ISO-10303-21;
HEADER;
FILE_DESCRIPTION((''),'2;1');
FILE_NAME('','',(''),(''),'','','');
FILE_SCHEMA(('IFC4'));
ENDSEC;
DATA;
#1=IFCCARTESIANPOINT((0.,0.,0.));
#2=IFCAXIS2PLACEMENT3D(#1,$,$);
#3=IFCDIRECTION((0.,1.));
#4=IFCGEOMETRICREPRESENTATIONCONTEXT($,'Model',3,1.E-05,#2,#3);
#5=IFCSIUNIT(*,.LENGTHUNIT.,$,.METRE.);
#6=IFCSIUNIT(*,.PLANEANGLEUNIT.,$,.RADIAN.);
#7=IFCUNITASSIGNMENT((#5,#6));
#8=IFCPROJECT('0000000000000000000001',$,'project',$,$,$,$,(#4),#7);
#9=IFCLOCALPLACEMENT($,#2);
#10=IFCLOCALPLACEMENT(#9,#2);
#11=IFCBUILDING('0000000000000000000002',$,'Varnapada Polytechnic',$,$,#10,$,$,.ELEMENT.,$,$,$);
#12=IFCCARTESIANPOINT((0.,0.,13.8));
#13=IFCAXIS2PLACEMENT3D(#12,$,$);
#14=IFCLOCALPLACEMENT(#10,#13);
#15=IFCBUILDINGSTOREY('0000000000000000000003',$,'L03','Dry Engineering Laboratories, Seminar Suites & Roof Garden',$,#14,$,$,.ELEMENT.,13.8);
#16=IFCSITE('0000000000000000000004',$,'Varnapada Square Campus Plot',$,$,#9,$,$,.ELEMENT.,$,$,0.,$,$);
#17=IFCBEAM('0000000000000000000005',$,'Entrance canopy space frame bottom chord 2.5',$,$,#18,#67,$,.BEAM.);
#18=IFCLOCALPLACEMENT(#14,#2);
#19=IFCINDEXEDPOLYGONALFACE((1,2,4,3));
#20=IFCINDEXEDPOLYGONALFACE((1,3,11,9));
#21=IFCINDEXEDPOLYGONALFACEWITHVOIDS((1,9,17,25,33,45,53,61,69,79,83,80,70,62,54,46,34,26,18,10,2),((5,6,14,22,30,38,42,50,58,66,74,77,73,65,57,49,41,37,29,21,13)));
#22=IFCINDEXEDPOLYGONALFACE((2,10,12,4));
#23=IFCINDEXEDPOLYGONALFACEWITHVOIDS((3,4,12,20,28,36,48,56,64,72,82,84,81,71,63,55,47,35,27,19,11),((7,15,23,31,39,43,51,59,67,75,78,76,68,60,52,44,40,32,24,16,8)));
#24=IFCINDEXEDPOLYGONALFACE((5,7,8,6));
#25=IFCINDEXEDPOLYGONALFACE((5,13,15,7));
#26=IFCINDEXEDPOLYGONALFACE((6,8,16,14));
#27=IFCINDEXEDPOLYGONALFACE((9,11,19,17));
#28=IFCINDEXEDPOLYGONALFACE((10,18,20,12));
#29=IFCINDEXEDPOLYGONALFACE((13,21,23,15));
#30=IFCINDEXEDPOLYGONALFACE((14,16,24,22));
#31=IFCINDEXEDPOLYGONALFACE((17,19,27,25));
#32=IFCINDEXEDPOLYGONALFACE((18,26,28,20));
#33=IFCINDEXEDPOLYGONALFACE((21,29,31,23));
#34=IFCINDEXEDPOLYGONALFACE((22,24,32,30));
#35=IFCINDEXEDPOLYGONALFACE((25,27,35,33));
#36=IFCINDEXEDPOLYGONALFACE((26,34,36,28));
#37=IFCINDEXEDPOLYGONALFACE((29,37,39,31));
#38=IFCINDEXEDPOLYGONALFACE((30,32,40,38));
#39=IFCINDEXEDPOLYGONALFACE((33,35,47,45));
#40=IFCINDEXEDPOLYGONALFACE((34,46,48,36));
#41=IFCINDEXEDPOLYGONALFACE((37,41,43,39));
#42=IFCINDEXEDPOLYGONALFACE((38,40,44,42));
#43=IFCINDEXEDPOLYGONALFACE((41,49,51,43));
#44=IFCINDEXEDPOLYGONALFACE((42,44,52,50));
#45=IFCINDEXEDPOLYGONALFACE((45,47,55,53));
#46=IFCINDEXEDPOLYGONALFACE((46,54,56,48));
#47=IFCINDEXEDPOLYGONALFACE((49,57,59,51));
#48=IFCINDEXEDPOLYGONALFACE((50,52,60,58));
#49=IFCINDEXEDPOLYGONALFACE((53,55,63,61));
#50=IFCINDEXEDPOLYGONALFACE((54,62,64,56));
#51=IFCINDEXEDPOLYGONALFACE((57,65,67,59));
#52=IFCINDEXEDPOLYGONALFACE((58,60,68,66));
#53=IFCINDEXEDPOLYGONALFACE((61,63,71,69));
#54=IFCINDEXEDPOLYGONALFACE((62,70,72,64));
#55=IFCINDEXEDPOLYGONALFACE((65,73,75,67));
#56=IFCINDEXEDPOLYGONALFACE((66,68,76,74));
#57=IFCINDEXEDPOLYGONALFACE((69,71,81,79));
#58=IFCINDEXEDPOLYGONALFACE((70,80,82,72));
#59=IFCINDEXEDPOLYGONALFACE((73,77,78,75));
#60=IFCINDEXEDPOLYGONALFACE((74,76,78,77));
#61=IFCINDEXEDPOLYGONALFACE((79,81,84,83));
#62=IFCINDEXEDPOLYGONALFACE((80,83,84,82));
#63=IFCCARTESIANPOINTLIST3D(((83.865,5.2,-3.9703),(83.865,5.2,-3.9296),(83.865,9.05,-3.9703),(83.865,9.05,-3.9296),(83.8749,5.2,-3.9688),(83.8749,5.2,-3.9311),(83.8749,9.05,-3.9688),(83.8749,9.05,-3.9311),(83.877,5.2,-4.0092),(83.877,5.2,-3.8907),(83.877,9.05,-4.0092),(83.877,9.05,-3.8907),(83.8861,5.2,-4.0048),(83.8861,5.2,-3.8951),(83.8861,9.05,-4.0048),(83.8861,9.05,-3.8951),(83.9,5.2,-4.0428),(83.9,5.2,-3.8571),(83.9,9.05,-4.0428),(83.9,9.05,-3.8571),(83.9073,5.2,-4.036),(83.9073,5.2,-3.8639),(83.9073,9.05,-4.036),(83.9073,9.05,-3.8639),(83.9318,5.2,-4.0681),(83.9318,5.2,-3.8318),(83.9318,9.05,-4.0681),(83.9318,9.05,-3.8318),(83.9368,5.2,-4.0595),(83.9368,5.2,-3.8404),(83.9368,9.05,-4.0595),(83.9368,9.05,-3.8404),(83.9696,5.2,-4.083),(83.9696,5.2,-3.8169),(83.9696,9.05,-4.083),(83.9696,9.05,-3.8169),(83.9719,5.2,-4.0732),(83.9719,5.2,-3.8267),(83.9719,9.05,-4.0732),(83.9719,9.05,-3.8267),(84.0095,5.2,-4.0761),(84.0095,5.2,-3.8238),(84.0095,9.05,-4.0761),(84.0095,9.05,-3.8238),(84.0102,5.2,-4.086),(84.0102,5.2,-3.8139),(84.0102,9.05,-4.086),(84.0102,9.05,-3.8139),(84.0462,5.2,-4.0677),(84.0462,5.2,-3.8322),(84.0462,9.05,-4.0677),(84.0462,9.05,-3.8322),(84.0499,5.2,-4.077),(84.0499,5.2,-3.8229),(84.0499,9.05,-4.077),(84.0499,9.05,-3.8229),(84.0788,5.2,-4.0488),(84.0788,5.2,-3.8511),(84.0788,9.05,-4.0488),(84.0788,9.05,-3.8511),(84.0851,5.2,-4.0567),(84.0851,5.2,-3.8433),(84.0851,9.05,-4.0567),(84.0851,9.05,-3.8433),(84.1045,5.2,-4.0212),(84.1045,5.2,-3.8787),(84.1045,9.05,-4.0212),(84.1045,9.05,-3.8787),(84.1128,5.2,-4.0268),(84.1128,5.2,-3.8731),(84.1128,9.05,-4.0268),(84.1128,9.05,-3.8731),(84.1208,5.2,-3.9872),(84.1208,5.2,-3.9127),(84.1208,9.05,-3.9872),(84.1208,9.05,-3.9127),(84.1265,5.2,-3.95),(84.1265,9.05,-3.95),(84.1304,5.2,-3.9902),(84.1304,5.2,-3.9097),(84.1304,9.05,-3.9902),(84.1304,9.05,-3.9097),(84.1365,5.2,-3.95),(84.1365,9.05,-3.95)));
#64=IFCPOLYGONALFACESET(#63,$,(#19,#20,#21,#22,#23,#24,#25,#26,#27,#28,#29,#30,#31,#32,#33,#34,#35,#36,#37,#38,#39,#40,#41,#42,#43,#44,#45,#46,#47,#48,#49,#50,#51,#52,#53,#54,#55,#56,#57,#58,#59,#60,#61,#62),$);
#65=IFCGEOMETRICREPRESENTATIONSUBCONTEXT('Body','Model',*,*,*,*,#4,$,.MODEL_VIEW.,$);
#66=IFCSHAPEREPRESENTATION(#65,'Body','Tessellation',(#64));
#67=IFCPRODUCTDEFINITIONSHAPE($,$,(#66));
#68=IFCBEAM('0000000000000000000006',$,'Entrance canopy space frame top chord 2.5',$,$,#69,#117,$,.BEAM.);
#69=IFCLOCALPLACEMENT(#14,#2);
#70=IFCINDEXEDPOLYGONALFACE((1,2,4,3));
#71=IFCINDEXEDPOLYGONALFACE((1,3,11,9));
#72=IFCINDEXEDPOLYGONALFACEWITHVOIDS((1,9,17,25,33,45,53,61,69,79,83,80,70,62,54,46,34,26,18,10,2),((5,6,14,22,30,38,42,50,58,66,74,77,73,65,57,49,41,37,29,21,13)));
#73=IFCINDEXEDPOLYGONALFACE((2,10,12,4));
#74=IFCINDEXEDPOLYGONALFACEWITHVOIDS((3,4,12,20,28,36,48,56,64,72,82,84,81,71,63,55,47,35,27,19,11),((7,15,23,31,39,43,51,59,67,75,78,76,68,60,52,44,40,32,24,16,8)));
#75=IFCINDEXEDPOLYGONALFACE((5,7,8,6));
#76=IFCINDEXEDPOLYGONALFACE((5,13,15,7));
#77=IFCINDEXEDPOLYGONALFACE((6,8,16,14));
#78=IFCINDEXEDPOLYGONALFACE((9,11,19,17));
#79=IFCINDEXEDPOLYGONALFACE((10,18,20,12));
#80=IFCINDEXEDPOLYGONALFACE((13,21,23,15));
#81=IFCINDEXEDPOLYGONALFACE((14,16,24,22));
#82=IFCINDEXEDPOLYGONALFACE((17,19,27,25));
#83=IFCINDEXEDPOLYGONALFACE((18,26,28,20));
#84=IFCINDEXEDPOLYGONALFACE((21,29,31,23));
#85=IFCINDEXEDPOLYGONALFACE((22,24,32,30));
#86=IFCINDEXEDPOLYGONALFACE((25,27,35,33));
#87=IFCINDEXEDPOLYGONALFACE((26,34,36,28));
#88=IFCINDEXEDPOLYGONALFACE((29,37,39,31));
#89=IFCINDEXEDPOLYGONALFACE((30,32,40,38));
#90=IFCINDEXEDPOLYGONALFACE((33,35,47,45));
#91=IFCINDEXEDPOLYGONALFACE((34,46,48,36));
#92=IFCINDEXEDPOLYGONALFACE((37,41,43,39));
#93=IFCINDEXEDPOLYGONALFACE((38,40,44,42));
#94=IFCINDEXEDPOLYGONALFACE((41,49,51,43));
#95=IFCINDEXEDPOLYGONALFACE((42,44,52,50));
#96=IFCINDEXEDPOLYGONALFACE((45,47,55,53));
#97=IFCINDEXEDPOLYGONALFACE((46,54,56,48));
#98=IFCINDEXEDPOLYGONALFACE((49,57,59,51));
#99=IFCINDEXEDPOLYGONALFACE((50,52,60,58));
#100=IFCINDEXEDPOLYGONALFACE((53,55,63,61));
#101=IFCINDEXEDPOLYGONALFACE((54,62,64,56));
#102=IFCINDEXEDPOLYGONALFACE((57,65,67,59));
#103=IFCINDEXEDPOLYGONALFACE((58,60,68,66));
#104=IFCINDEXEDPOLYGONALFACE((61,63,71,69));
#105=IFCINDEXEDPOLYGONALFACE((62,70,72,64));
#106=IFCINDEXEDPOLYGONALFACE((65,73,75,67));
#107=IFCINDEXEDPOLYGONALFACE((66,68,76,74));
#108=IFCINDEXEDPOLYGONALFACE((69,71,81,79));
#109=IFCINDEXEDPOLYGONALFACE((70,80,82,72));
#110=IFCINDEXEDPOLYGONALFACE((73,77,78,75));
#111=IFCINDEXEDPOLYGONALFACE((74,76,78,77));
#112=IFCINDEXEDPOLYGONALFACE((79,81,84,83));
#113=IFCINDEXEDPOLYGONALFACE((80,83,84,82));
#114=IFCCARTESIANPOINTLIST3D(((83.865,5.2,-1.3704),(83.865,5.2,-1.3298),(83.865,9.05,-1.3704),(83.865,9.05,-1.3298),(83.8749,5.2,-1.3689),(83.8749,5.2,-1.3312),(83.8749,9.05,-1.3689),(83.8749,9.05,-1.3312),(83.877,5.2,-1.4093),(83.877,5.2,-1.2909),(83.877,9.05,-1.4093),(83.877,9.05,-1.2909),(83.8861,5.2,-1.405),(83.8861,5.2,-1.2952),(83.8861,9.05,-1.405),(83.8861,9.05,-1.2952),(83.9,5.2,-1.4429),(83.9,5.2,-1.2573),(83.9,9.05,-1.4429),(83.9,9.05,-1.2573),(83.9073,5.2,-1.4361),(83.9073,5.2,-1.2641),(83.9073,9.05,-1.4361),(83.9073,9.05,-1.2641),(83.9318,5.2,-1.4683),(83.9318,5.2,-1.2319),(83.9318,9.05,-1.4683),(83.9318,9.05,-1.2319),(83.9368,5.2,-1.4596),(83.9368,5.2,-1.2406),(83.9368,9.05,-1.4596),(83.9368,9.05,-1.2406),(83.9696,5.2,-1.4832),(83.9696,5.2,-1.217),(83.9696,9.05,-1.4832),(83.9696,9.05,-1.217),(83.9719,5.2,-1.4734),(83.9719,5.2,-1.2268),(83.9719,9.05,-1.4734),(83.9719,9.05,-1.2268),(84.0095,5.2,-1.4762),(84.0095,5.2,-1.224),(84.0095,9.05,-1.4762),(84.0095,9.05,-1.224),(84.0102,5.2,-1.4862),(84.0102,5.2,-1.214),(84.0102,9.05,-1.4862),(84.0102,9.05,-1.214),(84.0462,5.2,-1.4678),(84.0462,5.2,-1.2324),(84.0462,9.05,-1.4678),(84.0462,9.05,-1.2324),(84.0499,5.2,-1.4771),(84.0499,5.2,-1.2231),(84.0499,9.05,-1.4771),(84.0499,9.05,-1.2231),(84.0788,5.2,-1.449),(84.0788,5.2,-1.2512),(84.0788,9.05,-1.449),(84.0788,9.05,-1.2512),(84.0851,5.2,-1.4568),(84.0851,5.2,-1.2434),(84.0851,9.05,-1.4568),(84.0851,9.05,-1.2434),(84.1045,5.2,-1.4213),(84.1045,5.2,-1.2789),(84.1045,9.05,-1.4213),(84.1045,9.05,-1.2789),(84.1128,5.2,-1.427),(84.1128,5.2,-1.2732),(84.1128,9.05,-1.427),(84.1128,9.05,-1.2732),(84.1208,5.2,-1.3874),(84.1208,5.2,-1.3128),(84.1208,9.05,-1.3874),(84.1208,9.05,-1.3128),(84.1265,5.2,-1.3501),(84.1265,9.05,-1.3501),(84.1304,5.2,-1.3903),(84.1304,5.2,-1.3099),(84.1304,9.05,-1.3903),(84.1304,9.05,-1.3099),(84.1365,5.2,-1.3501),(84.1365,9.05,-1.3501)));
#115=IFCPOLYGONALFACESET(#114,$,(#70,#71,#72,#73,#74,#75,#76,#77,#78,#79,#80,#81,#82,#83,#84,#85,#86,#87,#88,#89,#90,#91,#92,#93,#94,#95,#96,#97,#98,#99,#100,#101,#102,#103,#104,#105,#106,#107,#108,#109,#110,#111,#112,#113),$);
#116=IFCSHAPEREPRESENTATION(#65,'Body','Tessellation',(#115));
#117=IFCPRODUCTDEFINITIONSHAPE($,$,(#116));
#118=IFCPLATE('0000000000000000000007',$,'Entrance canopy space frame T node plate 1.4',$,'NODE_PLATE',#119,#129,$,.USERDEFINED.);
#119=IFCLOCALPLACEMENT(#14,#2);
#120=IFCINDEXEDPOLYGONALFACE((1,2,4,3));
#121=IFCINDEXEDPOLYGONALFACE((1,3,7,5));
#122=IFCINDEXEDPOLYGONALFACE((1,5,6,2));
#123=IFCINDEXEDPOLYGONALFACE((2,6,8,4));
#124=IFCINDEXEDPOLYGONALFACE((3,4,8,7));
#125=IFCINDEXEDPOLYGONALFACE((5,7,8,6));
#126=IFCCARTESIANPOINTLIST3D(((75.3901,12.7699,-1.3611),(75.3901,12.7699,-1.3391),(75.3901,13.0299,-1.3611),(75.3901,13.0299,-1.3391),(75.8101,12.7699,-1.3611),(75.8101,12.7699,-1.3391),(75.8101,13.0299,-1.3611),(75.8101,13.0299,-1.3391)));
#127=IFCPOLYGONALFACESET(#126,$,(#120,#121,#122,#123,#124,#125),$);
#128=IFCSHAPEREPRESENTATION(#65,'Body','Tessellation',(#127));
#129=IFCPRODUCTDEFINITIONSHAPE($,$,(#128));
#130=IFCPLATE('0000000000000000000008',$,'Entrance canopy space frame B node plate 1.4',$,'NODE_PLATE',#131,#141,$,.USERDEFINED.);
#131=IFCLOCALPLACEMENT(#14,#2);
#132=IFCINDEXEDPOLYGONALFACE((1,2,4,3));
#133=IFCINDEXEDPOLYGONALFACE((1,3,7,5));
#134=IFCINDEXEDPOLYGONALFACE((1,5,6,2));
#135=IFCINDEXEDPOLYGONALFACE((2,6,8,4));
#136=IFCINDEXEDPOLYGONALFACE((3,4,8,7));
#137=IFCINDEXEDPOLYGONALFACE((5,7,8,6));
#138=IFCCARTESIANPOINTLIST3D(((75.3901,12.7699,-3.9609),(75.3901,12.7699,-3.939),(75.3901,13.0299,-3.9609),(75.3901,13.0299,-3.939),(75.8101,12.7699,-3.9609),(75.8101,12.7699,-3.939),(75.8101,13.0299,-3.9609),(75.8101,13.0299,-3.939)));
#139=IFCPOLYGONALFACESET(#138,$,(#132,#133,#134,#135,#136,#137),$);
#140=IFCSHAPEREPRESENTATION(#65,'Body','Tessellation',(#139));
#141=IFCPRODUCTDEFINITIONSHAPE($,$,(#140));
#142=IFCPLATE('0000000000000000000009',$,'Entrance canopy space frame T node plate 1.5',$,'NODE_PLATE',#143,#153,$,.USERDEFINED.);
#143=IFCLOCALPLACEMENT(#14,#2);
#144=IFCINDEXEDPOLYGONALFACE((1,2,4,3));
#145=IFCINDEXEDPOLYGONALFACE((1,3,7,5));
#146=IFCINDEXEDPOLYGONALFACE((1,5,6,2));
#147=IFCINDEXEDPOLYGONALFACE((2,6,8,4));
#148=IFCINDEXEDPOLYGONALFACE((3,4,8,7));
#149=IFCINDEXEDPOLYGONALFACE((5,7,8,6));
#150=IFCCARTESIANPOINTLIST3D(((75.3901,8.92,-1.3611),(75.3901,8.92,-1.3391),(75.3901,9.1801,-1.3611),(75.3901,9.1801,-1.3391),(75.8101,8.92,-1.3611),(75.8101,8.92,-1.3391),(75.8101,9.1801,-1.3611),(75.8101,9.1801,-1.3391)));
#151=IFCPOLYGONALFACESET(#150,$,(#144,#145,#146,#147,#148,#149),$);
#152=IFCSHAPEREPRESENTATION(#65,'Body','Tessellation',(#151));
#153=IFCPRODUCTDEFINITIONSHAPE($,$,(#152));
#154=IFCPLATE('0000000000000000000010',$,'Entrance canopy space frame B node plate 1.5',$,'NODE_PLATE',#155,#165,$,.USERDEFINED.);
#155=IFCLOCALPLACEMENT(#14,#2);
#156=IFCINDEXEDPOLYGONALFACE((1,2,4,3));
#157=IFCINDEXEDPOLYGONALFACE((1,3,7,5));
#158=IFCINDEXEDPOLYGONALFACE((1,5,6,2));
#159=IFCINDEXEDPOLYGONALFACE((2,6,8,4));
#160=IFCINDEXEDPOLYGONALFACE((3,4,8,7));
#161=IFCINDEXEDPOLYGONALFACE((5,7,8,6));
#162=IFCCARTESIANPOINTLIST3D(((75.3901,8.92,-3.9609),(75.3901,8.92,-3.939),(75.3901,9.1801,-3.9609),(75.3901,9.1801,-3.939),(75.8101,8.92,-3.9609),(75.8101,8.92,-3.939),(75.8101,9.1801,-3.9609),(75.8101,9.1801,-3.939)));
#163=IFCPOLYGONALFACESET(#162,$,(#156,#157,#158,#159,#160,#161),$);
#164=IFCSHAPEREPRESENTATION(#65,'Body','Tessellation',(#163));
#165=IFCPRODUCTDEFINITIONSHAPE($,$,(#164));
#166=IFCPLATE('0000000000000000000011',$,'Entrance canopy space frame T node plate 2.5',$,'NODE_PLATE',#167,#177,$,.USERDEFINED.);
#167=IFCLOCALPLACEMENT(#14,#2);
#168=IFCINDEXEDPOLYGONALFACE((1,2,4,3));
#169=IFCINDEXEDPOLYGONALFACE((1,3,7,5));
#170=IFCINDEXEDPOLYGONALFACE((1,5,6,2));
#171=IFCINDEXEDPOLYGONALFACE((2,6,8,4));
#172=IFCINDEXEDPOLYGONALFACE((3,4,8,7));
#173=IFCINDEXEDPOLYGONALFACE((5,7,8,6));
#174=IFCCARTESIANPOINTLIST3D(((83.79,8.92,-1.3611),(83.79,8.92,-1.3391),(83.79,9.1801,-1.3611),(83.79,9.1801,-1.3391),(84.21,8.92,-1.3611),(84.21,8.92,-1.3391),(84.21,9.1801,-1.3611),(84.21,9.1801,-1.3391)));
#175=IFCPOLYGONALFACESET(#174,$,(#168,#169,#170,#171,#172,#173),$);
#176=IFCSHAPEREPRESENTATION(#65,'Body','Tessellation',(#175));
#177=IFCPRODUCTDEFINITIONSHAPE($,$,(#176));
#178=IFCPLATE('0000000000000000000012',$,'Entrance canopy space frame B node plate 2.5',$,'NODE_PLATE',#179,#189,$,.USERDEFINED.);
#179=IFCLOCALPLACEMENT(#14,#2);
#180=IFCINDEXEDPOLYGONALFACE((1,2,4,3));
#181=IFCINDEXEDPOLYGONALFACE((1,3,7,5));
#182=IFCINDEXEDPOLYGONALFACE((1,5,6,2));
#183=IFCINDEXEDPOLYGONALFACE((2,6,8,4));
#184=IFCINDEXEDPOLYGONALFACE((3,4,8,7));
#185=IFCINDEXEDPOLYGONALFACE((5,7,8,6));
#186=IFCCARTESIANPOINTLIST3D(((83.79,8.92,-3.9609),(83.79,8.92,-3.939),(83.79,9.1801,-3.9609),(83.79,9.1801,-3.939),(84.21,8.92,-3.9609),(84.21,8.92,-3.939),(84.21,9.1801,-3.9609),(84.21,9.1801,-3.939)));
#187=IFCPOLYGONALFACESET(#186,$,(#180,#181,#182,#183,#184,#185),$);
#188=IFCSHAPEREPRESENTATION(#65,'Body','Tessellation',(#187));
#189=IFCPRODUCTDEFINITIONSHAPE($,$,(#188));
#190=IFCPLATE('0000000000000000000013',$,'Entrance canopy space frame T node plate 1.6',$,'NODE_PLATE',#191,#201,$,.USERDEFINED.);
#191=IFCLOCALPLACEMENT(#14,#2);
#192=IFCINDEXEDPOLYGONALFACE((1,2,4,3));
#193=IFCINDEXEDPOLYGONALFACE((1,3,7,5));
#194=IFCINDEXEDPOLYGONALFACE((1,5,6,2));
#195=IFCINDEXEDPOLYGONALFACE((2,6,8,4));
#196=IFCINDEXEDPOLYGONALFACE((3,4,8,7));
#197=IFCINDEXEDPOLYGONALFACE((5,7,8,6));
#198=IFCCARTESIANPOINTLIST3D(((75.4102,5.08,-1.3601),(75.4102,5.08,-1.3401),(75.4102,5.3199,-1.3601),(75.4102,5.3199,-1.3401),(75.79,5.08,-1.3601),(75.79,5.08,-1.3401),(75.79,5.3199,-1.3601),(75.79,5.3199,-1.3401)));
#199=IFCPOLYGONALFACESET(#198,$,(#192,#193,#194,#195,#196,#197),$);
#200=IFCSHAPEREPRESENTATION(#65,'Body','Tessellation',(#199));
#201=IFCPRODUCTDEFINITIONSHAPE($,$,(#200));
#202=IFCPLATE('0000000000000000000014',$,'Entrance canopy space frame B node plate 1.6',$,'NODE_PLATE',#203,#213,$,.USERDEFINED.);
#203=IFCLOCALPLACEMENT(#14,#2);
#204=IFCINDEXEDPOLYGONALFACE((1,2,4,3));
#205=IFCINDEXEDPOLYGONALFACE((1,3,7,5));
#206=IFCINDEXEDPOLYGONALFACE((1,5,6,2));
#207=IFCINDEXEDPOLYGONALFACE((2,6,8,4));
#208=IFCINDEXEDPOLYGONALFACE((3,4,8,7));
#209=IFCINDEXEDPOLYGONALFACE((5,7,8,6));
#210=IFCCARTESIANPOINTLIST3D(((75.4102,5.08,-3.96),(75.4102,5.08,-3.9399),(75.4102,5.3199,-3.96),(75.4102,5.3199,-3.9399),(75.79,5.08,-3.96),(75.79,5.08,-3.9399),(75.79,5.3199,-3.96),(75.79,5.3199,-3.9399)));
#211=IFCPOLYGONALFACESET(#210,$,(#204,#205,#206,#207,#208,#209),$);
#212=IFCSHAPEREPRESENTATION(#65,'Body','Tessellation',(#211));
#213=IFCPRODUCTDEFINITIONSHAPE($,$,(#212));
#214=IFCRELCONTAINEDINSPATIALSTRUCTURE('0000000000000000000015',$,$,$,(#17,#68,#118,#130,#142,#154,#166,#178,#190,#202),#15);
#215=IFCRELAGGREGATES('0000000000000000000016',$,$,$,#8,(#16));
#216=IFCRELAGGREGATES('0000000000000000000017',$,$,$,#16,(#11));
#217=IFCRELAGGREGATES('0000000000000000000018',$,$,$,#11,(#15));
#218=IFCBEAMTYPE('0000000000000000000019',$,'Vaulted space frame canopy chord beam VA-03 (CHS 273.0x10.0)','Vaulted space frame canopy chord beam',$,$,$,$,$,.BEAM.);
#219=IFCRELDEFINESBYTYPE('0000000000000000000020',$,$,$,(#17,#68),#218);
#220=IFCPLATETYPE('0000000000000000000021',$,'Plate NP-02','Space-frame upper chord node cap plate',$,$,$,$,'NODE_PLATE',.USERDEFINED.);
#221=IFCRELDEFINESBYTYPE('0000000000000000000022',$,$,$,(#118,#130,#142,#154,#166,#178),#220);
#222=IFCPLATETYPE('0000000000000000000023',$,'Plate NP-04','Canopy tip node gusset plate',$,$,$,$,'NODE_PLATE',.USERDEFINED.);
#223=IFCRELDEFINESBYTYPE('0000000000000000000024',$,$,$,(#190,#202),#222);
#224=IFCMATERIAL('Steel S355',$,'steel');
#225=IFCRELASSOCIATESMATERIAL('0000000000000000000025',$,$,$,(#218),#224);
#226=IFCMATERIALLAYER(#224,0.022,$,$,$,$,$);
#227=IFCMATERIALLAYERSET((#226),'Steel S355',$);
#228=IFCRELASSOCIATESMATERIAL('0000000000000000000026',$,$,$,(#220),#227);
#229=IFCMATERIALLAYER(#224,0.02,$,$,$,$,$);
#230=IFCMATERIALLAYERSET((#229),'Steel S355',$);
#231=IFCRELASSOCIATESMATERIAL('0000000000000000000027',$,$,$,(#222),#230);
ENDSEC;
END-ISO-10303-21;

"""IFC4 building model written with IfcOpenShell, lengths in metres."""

from ifc_helpers import new_model, si_unit, direction, frame, origin, origin_2d, place, context, subcontext, project, spatial, rectangle, hollow_circle, extrude, material, layer, layer_set, material_profile, profile_set, type_object, element, save


model = new_model("IFC4")

# Units and contexts
model_context = context("Model", 3, precision=1e-05, world=origin(), true_north=direction((0.0, 1.0)))
body_context = subcontext(model_context, "Body", "Model", "MODEL_VIEW")
ifc_project = project(units=[si_unit("LENGTHUNIT", "METRE"), si_unit("PLANEANGLEUNIT", "RADIAN")], contexts=[model_context])

# Site, building, storey
site_placement = place(None, origin())
site = spatial("IfcSite", under=ifc_project, at=site_placement, Name="Varnapada Square Campus Plot", CompositionType="ELEMENT", RefElevation=0.0)
building_placement = place(site_placement, origin())
building = spatial("IfcBuilding", under=site, at=building_placement, Name="Varnapada Polytechnic", CompositionType="ELEMENT")
storey_placement = place(building_placement, frame((0.0, 0.0, 13.8)))
storey = spatial("IfcBuildingStorey", under=building, at=storey_placement, Name="L03", Description="Dry Engineering Laboratories, Seminar Suites & Roof Garden", CompositionType="ELEMENT", Elevation=13.8)

# Shared definitions
ifc_material = material(Name="Steel S355", Category="steel")

# Beams
ifc_material_profile_1 = material_profile(ifc_material, hollow_circle(Radius=0.1365, WallThickness=0.01, at=origin_2d()), Name="CHS 273.0x10.0")
ifc_profile_set_1 = profile_set([ifc_material_profile_1], Name="Steel S355")
beam_type = type_object("IfcBeamType", Name="Vaulted space frame canopy chord beam VA-03 (CHS 273.0x10.0)", Description="Vaulted space frame canopy chord beam", PredefinedType="BEAM", material=ifc_profile_set_1)
for number, where, z_axis, x_axis, name in (
    (1, (84.0, 9.05, -3.95), (0.0, -1.0, 0.0), (1.0, 0.0, 0.0), "Entrance canopy space frame bottom chord 2.5"),
    (2, (84.0, 9.05, -1.3501), (0.0, -1.0, 0.0), (1.0, 0.0, 0.0), "Entrance canopy space frame top chord 2.5"),
):
    element("IfcBeam", number, at=place(storey_placement, frame(where, z_axis=z_axis, x_axis=x_axis)), inside=storey, type_object=beam_type, Name=name, PredefinedType="BEAM", context=body_context, shape_type="SweptSolid", body=[
        extrude(hollow_circle(Radius=0.1365, WallThickness=0.01, at=origin_2d()), origin(), (0.0, 0.0, 1.0), 3.8501),
    ])

# Plates
ifc_layer_1 = layer(ifc_material, 0.022)
ifc_layer_set_1 = layer_set([ifc_layer_1], Name="Steel S355")
plate_type_1 = type_object("IfcPlateType", Name="Plate NP-02", Description="Space-frame upper chord node cap plate", ElementType="NODE_PLATE", PredefinedType="USERDEFINED", material=ifc_layer_set_1)
for number, where, z_axis, x_axis, name in (
    (3, (75.6001, 12.8999, -1.3611), (0.0, 0.0, 1.0), (1.0, 0.0, 0.0), "Entrance canopy space frame T node plate 1.4"),
    (4, (75.6001, 12.8999, -3.9609), (0.0, 0.0, 1.0), (1.0, 0.0, 0.0), "Entrance canopy space frame B node plate 1.4"),
    (5, (75.6001, 9.05, -1.3611), (0.0, 0.0, 1.0), (1.0, 0.0, 0.0), "Entrance canopy space frame T node plate 1.5"),
    (6, (75.6001, 9.05, -3.9609), (0.0, 0.0, 1.0), (1.0, 0.0, 0.0), "Entrance canopy space frame B node plate 1.5"),
    (7, (84.0, 9.05, -1.3611), (0.0, 0.0, 1.0), (1.0, 0.0, 0.0), "Entrance canopy space frame T node plate 2.5"),
    (8, (84.0, 9.05, -3.9609), (0.0, 0.0, 1.0), (1.0, 0.0, 0.0), "Entrance canopy space frame B node plate 2.5"),
):
    element("IfcPlate", number, at=place(storey_placement, frame(where, z_axis=z_axis, x_axis=x_axis)), inside=storey, type_object=plate_type_1, Name=name, ObjectType="NODE_PLATE", PredefinedType="USERDEFINED", context=body_context, shape_type="SweptSolid", body=[
        extrude(rectangle(XDim=0.4199, YDim=0.26, at=origin_2d()), origin(), (0.0, 0.0, 1.0), 0.022),
    ])
ifc_layer_2 = layer(ifc_material, 0.02)
ifc_layer_set_2 = layer_set([ifc_layer_2], Name="Steel S355")
plate_type_2 = type_object("IfcPlateType", Name="Plate NP-04", Description="Canopy tip node gusset plate", ElementType="NODE_PLATE", PredefinedType="USERDEFINED", material=ifc_layer_set_2)
for number, where, z_axis, x_axis, name in (
    (9, (75.6001, 5.2, -1.3601), (0.0, 0.0, 1.0), (1.0, 0.0, 0.0), "Entrance canopy space frame T node plate 1.6"),
    (10, (75.6001, 5.2, -3.96), (0.0, 0.0, 1.0), (1.0, 0.0, 0.0), "Entrance canopy space frame B node plate 1.6"),
):
    element("IfcPlate", number, at=place(storey_placement, frame(where, z_axis=z_axis, x_axis=x_axis)), inside=storey, type_object=plate_type_2, Name=name, ObjectType="NODE_PLATE", PredefinedType="USERDEFINED", context=body_context, shape_type="SweptSolid", body=[
        extrude(rectangle(XDim=0.3799, YDim=0.24, at=origin_2d()), origin(), (0.0, 0.0, 1.0), 0.02),
    ])

save(model, "model.ifc")
